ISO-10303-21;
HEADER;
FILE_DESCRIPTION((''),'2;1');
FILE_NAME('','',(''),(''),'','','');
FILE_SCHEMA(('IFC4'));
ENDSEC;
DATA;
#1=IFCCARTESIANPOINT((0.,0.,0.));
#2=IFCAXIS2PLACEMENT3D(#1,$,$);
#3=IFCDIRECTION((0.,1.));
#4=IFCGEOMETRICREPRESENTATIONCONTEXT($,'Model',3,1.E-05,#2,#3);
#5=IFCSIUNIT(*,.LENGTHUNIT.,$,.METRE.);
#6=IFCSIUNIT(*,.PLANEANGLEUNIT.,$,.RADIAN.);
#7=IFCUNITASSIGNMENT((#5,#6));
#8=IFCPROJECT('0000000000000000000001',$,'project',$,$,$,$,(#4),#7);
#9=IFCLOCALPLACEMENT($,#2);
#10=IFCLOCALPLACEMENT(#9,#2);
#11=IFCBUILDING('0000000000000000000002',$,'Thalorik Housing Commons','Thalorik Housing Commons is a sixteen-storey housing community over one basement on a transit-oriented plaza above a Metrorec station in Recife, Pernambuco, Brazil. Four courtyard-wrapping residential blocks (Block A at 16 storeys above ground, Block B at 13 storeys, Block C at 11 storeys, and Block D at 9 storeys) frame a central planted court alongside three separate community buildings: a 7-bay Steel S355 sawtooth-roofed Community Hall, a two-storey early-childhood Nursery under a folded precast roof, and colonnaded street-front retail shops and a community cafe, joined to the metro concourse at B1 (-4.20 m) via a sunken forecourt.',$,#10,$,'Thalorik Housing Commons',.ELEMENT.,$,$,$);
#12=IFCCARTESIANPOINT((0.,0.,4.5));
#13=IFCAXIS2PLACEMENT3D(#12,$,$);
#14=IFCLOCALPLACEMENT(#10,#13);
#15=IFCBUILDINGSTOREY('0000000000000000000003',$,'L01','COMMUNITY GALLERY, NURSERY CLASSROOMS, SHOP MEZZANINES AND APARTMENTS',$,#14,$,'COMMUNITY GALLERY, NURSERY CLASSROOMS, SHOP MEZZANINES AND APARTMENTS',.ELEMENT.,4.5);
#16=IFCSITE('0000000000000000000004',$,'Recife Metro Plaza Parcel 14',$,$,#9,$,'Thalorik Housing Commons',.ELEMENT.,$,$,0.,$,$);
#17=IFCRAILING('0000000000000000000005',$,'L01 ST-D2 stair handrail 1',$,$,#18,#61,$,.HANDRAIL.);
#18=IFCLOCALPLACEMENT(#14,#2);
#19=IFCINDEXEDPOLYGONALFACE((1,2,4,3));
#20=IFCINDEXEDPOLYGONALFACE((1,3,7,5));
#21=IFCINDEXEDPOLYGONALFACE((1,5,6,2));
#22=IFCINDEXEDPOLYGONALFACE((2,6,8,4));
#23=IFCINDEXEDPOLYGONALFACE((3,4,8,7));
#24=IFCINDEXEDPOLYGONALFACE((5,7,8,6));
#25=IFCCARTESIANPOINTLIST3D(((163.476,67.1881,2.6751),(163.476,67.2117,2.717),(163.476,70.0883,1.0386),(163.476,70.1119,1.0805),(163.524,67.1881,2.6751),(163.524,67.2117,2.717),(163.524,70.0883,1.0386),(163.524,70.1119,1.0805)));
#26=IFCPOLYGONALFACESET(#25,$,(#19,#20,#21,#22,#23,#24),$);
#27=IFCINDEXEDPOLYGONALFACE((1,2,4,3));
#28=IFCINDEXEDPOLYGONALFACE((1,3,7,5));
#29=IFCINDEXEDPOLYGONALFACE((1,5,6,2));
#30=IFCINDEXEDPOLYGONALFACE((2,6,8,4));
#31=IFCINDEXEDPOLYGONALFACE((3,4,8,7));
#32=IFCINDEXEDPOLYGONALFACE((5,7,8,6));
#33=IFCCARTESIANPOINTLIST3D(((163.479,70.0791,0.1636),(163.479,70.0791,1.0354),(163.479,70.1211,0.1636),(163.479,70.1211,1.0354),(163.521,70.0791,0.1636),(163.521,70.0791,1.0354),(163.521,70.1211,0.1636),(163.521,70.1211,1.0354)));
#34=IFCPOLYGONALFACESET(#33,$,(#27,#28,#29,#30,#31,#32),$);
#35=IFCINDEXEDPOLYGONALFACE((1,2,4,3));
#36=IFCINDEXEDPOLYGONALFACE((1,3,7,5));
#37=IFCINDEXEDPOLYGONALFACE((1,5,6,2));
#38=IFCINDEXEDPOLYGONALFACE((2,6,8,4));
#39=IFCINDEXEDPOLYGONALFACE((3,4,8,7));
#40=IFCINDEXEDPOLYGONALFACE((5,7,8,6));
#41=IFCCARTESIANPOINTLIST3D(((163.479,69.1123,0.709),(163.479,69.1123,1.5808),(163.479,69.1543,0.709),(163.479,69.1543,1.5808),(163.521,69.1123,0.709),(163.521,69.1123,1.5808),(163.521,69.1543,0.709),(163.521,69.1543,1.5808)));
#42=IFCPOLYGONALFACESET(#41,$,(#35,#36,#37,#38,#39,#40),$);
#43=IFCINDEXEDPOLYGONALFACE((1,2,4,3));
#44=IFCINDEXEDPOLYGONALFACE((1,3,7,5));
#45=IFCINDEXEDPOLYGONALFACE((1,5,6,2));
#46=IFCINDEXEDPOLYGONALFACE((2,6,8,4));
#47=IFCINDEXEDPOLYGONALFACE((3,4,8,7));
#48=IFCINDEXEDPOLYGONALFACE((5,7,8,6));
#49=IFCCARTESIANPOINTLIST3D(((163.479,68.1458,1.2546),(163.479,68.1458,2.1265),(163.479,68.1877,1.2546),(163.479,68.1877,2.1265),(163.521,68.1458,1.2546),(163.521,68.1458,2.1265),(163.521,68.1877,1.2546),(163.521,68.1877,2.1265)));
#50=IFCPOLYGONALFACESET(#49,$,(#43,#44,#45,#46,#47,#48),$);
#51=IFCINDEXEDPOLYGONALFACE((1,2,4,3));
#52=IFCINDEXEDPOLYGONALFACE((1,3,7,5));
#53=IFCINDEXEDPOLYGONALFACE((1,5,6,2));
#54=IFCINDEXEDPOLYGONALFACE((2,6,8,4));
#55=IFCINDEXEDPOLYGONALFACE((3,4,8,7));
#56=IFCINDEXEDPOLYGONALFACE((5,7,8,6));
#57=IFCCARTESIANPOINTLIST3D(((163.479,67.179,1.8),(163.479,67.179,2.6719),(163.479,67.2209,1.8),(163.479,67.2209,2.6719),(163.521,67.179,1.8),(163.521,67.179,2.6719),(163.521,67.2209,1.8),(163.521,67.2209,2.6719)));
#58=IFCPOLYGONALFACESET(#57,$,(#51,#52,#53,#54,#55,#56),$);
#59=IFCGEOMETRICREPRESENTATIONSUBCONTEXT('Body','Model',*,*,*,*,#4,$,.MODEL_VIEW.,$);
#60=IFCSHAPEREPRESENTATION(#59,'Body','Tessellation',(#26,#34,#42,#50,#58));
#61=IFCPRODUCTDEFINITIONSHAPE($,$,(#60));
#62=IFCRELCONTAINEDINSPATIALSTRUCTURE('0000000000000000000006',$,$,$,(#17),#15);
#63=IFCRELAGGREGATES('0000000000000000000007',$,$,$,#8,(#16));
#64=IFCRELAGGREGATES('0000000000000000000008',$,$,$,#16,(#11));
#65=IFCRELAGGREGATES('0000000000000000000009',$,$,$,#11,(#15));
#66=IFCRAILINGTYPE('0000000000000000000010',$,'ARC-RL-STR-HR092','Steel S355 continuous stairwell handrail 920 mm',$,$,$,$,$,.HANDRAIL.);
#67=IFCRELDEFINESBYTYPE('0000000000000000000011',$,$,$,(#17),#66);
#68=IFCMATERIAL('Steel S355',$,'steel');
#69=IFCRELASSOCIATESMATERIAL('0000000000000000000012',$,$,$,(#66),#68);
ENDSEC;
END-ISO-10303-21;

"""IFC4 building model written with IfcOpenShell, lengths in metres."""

from ifc_helpers import new_model, si_unit, direction, frame, origin, origin_2d, place, context, subcontext, project, spatial, rectangle, extrude, material, type_object, element, save


model = new_model("IFC4")

# Units and contexts
model_context = context("Model", 3, precision=1e-05, world=origin(), true_north=direction((0.0, 1.0)))
body_context = subcontext(model_context, "Body", "Model", "MODEL_VIEW")
ifc_project = project(units=[si_unit("LENGTHUNIT", "METRE"), si_unit("PLANEANGLEUNIT", "RADIAN")], contexts=[model_context])

# Site, building, storey
site_placement = place(None, origin())
site = spatial("IfcSite", under=ifc_project, at=site_placement, Name="Recife Metro Plaza Parcel 14", LongName="Thalorik Housing Commons", CompositionType="ELEMENT", RefElevation=0.0)
building_placement = place(site_placement, origin())
building = spatial("IfcBuilding", under=site, at=building_placement, Name="Thalorik Housing Commons", Description="Thalorik Housing Commons is a sixteen-storey housing community over one basement on a transit-oriented plaza above a Metrorec station in Recife, Pernambuco, Brazil. Four courtyard-wrapping residential blocks (Block A at 16 storeys above ground, Block B at 13 storeys, Block C at 11 storeys, and Block D at 9 storeys) frame a central planted court alongside three separate community buildings: a 7-bay Steel S355 sawtooth-roofed Community Hall, a two-storey early-childhood Nursery under a folded precast roof, and colonnaded street-front retail shops and a community cafe, joined to the metro concourse at B1 (-4.20 m) via a sunken forecourt.", LongName="Thalorik Housing Commons", CompositionType="ELEMENT")
storey_placement = place(building_placement, frame((0.0, 0.0, 4.5)))
storey = spatial("IfcBuildingStorey", under=building, at=storey_placement, Name="L01", Description="COMMUNITY GALLERY, NURSERY CLASSROOMS, SHOP MEZZANINES AND APARTMENTS", LongName="COMMUNITY GALLERY, NURSERY CLASSROOMS, SHOP MEZZANINES AND APARTMENTS", CompositionType="ELEMENT", Elevation=4.5)

# Shared definitions
ifc_material_1 = material(Name="Steel S355", Category="steel")

# Railing
railing_type_1 = type_object("IfcRailingType", Name="ARC-RL-STR-HR092", Description="Steel S355 continuous stairwell handrail 920 mm", PredefinedType="HANDRAIL", material=ifc_material_1)
railing_1_placement = place(storey_placement, frame((163.5, 70.1001, 0.1636)))
element("IfcRailing", 1, at=railing_1_placement, inside=storey, type_object=railing_type_1, Name="L01 ST-D2 stair handrail 1", PredefinedType="HANDRAIL", context=body_context, shape_type="SweptSolid", body=[
    extrude(rectangle(XDim=0.0481, YDim=0.0481, at=origin_2d()), frame((0.0, 0.0, 0.896), z_axis=(0.0, -0.870915, 0.491434), x_axis=(1.0, 0.0, 0.0)), (0.0, 0.0, 1.0), 3.3301),
    extrude(rectangle(XDim=0.042, YDim=0.042, at=origin_2d()), origin(), (0.0, 0.0, 1.0), 0.8718),
    extrude(rectangle(XDim=0.042, YDim=0.042, at=origin_2d()), frame((0.0, -0.9668, 0.5454)), (0.0, 0.0, 1.0), 0.8718),
    extrude(rectangle(XDim=0.042, YDim=0.042, at=origin_2d()), frame((0.0, -1.9333, 1.0911)), (0.0, 0.0, 1.0), 0.8718),
    extrude(rectangle(XDim=0.042, YDim=0.042, at=origin_2d()), frame((0.0, -2.9001, 1.6365)), (0.0, 0.0, 1.0), 0.8718),
])

save(model, "model.ifc")
